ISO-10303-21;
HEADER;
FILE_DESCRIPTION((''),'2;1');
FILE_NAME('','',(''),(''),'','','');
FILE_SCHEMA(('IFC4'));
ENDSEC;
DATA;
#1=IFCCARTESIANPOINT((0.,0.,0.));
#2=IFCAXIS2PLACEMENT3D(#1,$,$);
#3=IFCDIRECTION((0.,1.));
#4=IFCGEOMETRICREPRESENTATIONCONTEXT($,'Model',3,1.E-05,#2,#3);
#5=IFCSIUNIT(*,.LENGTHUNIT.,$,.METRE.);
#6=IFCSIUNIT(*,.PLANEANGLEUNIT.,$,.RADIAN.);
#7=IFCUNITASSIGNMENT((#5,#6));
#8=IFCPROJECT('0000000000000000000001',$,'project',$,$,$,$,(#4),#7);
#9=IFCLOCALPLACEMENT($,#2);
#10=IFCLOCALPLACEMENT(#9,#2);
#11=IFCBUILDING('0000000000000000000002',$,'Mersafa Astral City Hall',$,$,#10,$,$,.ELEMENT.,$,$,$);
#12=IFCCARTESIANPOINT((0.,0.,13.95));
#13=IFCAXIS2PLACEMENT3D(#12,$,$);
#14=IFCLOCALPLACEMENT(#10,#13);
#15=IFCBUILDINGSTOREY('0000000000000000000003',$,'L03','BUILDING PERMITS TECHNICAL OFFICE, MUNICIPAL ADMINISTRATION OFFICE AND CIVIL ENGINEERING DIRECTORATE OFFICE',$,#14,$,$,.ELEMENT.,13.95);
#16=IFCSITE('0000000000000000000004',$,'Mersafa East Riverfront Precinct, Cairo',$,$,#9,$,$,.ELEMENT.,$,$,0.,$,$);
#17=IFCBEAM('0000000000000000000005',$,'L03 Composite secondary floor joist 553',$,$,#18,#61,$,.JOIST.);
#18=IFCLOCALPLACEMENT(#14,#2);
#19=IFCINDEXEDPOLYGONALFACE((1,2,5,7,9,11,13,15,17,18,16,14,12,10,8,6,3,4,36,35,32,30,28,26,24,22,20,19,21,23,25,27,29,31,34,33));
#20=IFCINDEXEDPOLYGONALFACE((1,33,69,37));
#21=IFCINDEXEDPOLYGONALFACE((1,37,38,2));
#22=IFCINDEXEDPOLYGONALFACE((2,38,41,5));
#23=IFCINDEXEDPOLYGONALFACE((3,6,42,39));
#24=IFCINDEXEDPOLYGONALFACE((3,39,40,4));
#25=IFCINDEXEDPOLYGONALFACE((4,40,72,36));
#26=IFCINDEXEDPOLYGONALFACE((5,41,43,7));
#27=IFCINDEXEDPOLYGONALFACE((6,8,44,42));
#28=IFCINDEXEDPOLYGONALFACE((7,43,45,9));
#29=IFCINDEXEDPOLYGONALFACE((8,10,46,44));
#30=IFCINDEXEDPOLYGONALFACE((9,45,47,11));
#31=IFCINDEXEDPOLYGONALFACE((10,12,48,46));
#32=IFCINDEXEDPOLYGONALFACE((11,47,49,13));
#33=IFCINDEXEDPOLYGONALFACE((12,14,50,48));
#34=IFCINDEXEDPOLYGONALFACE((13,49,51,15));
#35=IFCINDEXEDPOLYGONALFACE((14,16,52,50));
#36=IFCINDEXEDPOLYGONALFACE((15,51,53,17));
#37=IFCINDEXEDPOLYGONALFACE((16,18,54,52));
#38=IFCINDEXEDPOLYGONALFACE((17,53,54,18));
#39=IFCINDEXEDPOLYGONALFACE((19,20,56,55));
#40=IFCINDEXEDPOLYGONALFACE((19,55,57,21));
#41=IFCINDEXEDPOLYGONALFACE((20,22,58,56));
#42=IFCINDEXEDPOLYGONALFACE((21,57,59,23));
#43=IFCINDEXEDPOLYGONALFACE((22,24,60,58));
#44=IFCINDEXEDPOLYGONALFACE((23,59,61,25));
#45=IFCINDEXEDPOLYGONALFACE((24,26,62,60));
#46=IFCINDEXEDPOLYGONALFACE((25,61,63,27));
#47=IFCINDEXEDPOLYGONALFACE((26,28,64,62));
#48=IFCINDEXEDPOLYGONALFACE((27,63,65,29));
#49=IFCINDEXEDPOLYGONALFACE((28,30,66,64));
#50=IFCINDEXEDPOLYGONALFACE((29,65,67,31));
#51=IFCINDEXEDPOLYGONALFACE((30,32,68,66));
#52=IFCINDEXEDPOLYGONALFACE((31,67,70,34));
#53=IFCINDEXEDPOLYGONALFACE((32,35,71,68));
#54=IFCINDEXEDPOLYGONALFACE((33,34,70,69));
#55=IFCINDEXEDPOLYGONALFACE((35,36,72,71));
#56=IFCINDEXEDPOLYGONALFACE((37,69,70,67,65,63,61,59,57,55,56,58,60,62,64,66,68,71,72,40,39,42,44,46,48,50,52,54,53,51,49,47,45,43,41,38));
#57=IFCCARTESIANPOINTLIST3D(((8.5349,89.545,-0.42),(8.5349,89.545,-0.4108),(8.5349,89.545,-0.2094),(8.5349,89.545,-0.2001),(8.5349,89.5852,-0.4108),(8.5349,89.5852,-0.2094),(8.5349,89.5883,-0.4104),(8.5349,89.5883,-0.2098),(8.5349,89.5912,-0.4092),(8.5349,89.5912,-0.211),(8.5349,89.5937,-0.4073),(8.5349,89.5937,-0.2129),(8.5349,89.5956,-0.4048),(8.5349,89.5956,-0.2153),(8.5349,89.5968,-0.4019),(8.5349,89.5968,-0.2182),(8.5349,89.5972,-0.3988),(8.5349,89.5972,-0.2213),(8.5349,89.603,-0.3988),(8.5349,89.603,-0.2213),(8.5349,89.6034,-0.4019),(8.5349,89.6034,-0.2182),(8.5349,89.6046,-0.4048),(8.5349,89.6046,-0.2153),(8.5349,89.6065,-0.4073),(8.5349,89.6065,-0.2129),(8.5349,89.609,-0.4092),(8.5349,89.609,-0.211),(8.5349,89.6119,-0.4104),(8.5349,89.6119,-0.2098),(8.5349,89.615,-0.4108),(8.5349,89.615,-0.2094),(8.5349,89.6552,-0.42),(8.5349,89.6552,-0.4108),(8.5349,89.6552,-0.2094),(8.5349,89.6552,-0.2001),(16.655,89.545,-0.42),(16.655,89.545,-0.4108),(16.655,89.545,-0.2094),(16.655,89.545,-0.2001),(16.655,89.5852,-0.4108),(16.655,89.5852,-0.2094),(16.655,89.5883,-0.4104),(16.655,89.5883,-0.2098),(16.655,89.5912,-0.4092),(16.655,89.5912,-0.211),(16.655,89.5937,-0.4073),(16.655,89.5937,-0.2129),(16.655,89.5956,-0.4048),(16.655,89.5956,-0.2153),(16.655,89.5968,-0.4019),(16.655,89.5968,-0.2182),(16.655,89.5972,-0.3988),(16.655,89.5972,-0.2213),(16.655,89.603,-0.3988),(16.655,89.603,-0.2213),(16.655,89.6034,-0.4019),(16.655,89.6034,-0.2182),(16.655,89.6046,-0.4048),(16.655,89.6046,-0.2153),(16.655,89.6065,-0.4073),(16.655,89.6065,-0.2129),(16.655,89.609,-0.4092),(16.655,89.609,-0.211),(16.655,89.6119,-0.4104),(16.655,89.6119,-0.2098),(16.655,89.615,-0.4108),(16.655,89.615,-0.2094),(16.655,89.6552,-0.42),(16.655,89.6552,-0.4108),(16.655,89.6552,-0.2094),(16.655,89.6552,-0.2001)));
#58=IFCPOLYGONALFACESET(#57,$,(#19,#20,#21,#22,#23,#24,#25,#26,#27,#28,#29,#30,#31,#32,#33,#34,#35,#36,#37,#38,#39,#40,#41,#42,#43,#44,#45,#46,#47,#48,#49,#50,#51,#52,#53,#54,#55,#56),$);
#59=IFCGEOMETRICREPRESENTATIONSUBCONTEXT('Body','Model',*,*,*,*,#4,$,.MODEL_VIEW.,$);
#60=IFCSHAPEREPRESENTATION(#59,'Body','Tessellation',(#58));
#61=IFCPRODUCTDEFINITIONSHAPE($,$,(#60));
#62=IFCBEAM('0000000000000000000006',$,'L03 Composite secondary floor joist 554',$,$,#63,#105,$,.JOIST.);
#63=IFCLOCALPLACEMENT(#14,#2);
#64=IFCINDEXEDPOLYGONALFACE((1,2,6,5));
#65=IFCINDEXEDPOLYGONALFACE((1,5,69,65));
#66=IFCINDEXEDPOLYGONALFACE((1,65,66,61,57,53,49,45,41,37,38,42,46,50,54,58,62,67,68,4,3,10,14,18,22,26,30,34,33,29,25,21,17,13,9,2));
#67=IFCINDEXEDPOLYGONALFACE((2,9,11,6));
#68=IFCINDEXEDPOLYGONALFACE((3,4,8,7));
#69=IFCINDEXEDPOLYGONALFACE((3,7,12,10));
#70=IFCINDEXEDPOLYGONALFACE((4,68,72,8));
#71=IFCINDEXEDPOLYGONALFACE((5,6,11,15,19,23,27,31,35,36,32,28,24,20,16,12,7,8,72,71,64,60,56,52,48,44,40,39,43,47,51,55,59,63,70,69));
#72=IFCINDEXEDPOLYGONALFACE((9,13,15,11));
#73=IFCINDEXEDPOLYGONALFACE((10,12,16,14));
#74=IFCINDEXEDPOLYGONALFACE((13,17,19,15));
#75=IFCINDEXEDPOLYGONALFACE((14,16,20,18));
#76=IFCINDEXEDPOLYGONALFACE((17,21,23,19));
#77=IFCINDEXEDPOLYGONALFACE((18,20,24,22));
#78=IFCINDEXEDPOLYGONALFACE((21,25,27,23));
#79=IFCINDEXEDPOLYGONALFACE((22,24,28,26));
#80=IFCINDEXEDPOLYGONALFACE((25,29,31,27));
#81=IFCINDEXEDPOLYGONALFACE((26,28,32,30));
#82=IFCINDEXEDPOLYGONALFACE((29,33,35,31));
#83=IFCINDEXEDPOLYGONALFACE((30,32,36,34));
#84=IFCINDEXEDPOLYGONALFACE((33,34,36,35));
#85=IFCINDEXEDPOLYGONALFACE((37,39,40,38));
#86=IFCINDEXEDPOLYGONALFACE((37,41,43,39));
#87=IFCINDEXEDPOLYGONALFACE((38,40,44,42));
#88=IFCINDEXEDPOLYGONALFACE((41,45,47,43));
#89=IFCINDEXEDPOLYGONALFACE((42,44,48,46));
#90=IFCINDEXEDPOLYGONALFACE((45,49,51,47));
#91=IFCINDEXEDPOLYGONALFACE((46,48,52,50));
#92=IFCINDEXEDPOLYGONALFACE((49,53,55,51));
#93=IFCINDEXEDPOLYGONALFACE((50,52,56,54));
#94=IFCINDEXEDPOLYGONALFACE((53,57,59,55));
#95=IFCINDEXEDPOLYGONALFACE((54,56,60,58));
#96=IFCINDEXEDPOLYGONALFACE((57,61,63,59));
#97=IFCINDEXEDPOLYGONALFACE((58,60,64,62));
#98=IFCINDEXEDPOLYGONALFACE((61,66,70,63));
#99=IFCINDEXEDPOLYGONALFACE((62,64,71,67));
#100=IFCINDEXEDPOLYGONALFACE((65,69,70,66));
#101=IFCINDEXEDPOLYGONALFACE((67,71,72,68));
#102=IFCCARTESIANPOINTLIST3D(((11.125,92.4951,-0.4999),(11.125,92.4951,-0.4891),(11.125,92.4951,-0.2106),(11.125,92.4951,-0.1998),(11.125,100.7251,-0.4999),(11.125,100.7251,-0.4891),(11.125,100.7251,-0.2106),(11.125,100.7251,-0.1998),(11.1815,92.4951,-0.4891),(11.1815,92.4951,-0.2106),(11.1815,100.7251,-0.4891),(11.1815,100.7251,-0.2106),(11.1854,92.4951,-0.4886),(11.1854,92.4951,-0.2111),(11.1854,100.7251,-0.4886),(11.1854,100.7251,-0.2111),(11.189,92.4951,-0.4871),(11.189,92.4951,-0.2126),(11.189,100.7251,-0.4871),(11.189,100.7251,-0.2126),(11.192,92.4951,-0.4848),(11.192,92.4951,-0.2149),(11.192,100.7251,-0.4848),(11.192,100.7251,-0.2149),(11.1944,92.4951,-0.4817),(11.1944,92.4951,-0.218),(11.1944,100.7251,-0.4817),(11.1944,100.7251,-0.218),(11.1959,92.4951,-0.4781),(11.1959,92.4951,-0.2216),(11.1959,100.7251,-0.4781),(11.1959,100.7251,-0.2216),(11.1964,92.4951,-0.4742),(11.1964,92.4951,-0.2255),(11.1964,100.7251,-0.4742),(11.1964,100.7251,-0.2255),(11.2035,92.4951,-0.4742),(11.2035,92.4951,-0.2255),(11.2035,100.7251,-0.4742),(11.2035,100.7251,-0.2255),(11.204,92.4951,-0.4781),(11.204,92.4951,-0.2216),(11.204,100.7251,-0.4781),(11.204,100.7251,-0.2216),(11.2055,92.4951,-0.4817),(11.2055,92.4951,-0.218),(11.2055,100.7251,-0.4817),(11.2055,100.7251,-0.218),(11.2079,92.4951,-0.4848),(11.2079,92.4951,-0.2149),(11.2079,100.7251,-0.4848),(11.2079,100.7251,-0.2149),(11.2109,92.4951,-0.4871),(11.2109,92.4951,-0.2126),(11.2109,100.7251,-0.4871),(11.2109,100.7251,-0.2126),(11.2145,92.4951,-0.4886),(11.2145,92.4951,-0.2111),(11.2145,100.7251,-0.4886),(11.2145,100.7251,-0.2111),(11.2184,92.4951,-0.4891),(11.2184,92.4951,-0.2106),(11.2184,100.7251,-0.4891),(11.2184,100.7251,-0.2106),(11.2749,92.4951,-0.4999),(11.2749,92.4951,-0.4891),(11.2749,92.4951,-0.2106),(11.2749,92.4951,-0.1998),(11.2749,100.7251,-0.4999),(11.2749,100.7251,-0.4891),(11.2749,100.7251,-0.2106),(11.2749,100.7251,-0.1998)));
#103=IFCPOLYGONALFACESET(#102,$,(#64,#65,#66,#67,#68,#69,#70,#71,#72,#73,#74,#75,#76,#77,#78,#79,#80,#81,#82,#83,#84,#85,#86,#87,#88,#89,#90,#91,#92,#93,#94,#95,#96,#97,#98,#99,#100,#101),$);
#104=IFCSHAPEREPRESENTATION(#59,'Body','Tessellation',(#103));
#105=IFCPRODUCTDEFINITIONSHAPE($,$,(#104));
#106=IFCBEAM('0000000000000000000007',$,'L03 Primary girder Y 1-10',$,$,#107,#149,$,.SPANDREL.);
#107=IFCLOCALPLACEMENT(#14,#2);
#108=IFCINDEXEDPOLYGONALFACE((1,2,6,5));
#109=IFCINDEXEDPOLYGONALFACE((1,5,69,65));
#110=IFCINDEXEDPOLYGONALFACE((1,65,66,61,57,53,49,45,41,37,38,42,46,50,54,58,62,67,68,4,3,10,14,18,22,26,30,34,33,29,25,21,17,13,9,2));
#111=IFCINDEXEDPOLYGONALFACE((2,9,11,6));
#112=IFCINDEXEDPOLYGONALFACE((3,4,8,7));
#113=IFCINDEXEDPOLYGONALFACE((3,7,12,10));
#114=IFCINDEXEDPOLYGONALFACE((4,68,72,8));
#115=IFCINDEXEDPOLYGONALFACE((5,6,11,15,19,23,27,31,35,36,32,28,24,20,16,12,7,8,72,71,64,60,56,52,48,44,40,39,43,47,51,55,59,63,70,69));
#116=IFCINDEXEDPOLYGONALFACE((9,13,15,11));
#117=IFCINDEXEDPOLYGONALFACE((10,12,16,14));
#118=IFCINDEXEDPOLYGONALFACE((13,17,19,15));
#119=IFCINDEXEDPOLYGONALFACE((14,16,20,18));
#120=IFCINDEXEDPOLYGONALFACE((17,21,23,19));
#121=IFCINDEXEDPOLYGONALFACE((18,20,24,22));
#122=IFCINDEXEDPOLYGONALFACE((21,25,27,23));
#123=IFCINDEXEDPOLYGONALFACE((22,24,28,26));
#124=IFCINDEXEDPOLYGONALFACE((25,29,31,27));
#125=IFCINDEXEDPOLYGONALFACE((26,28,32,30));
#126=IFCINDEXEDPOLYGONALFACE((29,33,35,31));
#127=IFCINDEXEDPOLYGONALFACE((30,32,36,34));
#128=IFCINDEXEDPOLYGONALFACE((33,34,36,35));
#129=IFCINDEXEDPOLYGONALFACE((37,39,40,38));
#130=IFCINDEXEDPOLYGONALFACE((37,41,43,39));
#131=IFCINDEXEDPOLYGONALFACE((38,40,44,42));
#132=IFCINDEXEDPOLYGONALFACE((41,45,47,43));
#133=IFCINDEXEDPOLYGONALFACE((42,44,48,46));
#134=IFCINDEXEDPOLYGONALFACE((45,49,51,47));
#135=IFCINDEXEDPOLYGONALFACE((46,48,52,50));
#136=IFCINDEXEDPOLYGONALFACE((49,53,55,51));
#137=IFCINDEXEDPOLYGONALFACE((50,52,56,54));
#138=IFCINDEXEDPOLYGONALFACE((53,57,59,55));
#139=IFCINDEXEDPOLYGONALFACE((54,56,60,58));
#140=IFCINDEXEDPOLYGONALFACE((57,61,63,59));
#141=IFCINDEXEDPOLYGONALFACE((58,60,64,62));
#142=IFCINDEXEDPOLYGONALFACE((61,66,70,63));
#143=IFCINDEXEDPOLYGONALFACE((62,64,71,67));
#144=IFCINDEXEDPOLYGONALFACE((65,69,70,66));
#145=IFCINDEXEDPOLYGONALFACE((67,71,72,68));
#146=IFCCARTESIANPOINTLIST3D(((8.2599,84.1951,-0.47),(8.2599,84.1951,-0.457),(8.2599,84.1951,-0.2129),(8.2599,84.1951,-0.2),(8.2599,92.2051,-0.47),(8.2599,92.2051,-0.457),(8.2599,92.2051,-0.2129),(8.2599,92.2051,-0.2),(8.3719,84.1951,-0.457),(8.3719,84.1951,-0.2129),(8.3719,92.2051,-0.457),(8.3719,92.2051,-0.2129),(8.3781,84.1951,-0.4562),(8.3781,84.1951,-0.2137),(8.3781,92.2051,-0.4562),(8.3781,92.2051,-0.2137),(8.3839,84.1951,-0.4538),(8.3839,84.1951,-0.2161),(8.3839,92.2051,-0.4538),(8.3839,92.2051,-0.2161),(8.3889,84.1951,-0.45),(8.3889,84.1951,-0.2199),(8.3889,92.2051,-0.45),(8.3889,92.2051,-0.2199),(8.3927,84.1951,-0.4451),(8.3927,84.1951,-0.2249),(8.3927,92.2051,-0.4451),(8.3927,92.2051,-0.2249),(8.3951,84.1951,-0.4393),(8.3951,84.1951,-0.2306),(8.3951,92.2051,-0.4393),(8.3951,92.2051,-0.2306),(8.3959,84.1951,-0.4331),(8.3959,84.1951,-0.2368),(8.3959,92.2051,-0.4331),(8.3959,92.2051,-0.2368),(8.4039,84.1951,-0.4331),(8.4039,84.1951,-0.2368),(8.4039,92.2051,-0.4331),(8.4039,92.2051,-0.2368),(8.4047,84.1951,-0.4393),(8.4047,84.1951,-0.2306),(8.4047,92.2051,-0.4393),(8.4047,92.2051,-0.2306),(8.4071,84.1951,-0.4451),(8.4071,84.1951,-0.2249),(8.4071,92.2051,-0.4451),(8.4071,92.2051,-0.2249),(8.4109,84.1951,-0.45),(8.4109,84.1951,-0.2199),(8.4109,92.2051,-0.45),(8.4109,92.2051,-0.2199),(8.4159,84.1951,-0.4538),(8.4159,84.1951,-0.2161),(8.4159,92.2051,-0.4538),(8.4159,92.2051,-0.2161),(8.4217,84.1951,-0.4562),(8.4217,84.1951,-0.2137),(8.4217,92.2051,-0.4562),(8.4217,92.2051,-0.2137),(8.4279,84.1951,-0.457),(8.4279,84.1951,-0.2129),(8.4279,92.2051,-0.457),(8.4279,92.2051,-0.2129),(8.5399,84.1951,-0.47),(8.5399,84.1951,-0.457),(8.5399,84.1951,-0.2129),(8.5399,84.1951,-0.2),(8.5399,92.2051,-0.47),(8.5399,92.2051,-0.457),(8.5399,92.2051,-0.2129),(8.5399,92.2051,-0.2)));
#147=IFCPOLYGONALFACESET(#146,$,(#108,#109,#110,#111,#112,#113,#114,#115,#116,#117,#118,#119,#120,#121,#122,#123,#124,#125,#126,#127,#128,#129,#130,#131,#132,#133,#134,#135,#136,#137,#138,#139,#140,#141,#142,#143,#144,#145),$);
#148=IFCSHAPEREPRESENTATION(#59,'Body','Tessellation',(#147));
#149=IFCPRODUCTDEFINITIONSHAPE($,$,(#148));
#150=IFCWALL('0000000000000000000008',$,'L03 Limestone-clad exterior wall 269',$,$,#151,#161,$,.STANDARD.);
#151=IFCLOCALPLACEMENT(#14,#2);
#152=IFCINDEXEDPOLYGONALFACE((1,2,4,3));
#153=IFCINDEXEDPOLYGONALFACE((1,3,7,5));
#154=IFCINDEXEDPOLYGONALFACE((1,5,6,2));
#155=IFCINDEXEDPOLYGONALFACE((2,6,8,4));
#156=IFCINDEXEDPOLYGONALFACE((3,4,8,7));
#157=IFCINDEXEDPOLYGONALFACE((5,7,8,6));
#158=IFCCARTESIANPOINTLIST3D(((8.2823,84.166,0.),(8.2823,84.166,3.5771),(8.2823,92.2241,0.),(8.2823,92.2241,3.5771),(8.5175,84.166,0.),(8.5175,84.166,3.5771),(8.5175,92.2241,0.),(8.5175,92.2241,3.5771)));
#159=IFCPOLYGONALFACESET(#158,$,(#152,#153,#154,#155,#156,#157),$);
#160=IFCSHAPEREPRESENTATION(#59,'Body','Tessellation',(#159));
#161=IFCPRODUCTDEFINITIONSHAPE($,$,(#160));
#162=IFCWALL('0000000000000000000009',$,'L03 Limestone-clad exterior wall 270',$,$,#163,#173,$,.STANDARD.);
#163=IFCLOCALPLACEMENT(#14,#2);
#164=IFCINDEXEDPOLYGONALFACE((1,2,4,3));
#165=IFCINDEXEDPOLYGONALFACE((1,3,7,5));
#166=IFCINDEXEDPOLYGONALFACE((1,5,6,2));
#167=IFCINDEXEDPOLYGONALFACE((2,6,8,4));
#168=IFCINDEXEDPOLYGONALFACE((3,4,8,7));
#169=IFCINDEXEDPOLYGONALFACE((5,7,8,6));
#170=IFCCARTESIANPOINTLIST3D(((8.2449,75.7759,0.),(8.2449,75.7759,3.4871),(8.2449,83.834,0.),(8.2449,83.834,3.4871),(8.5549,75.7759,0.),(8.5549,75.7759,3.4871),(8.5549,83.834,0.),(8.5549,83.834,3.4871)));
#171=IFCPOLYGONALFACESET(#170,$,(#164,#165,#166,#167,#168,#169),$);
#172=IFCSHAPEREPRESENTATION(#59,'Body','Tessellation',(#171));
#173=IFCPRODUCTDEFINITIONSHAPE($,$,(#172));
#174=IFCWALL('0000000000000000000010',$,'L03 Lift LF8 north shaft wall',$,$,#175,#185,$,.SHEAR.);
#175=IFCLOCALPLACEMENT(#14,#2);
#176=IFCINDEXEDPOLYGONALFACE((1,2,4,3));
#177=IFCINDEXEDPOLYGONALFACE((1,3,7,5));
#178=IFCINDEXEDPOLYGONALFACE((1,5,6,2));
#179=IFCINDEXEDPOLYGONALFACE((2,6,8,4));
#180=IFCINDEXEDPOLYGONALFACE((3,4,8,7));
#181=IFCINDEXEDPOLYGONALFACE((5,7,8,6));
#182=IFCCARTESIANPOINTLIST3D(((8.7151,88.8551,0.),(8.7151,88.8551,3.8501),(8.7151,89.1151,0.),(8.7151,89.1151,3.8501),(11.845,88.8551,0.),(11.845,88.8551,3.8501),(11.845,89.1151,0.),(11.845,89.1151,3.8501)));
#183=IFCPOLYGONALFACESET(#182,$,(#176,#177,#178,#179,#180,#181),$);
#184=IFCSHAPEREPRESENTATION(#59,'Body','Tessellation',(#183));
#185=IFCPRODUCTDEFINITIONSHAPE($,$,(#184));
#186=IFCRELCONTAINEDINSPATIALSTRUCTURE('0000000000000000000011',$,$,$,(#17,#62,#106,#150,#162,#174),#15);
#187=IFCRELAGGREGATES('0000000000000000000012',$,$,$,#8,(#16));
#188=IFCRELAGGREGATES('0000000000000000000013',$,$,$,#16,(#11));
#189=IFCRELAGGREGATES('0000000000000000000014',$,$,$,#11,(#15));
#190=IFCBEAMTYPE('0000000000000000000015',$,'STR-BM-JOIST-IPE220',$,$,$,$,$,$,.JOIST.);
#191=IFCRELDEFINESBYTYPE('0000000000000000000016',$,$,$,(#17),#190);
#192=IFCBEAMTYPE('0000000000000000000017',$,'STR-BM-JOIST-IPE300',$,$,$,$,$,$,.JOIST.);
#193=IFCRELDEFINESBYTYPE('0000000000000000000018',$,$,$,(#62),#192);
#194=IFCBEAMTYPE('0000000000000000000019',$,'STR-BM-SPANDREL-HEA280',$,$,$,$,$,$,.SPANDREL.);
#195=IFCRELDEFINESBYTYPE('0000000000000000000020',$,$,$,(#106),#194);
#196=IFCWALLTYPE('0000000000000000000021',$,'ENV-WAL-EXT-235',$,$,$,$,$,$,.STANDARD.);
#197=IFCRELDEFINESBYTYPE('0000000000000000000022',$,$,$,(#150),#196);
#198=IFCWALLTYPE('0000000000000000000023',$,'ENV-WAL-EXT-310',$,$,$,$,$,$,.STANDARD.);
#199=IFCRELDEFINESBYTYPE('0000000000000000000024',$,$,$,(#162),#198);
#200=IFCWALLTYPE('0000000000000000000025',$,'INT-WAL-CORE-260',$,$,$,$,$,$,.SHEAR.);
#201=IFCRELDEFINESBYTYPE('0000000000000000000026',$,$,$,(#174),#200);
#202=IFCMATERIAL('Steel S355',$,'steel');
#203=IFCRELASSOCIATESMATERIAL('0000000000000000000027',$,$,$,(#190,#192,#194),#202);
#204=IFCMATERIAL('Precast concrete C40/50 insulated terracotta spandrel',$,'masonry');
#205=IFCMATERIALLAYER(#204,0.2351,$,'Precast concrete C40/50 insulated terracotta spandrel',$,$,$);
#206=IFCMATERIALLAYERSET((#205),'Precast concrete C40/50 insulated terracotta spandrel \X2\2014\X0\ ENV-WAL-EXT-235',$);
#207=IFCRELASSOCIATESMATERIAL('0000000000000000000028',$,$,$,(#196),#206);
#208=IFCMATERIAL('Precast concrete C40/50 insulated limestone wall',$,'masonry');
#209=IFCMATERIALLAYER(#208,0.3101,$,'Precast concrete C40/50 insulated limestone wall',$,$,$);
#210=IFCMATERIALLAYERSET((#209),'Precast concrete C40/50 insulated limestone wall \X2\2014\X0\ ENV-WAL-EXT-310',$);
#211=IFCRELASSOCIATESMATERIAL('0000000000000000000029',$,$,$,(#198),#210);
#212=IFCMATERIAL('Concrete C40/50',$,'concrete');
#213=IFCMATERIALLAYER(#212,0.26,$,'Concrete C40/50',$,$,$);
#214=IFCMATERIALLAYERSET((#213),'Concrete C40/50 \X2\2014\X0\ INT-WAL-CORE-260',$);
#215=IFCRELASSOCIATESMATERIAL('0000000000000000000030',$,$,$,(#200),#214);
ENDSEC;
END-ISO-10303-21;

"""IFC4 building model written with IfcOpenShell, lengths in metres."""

from ifc_helpers import new_model, si_unit, direction, frame, frame_2d, origin, origin_2d, place, context, subcontext, project, spatial, rectangle, i_section, extrude, material, layer, layer_set, material_profile, profile_set, type_object, element, save


model = new_model("IFC4")

# Units and contexts
model_context = context("Model", 3, precision=1e-05, world=origin(), true_north=direction((0.0, 1.0)))
body_context = subcontext(model_context, "Body", "Model", "MODEL_VIEW")
ifc_project = project(units=[si_unit("LENGTHUNIT", "METRE"), si_unit("PLANEANGLEUNIT", "RADIAN")], contexts=[model_context])

# Site, building, storey
site_placement = place(None, origin())
site = spatial("IfcSite", under=ifc_project, at=site_placement, Name="Mersafa East Riverfront Precinct, Cairo", CompositionType="ELEMENT", RefElevation=0.0)
building_placement = place(site_placement, origin())
building = spatial("IfcBuilding", under=site, at=building_placement, Name="Mersafa Astral City Hall", CompositionType="ELEMENT")
storey_placement = place(building_placement, frame((0.0, 0.0, 13.95)))
storey = spatial("IfcBuildingStorey", under=building, at=storey_placement, Name="L03", Description="BUILDING PERMITS TECHNICAL OFFICE, MUNICIPAL ADMINISTRATION OFFICE AND CIVIL ENGINEERING DIRECTORATE OFFICE", CompositionType="ELEMENT", Elevation=13.95)

# Shared definitions
ifc_material_1 = material(Name="Steel S355", Category="steel")

# Beams
ifc_material_profile_1 = material_profile(ifc_material_1, i_section(OverallWidth=0.1101, OverallDepth=0.22, WebThickness=0.0059, FlangeThickness=0.0093, FilletRadius=0.012, at=origin_2d()), Name="IPE 220")
ifc_profile_set_1 = profile_set([ifc_material_profile_1], Name="Steel S355")
beam_type_1 = type_object("IfcBeamType", Name="STR-BM-JOIST-IPE220", PredefinedType="JOIST", material=ifc_profile_set_1)
beam_1_placement = place(storey_placement, frame((8.5349, 89.6001, -0.3101), z_axis=(1.0, 0.0, 0.0), x_axis=(0.0, 1.0, 0.0)))
element("IfcBeam", 1, at=beam_1_placement, inside=storey, type_object=beam_type_1, Name="L03 Composite secondary floor joist 553", PredefinedType="JOIST", context=body_context, shape_type="SweptSolid", body=[
    extrude(i_section(OverallWidth=0.1101, OverallDepth=0.22, WebThickness=0.0059, FlangeThickness=0.0093, FilletRadius=0.012, at=origin_2d()), origin(), (0.0, 0.0, 1.0), 8.1201),
])
ifc_material_profile_2 = material_profile(ifc_material_1, i_section(OverallWidth=0.1499, OverallDepth=0.3, WebThickness=0.0071, FlangeThickness=0.0107, FilletRadius=0.0149, at=origin_2d()), Name="IPE 300")
ifc_profile_set_2 = profile_set([ifc_material_profile_2], Name="Steel S355")
beam_type_2 = type_object("IfcBeamType", Name="STR-BM-JOIST-IPE300", PredefinedType="JOIST", material=ifc_profile_set_2)
beam_2_placement = place(storey_placement, frame((11.2, 92.4951, -0.3499), z_axis=(0.0, 1.0, 0.0), x_axis=(-1.0, 0.0, 0.0)))
element("IfcBeam", 2, at=beam_2_placement, inside=storey, type_object=beam_type_2, Name="L03 Composite secondary floor joist 554", PredefinedType="JOIST", context=body_context, shape_type="SweptSolid", body=[
    extrude(i_section(OverallWidth=0.1499, OverallDepth=0.3, WebThickness=0.0071, FlangeThickness=0.0107, FilletRadius=0.0149, at=origin_2d()), origin(), (0.0, 0.0, 1.0), 8.23),
])
ifc_material_profile_3 = material_profile(ifc_material_1, i_section(OverallWidth=0.28, OverallDepth=0.27, WebThickness=0.0081, FlangeThickness=0.0129, FilletRadius=0.0239, at=origin_2d()), Name="HEA 280")
ifc_profile_set_3 = profile_set([ifc_material_profile_3], Name="Steel S355")
beam_type_3 = type_object("IfcBeamType", Name="STR-BM-SPANDREL-HEA280", PredefinedType="SPANDREL", material=ifc_profile_set_3)
beam_3_placement = place(storey_placement, frame((8.3999, 84.1951, -0.335), z_axis=(0.0, 1.0, 0.0), x_axis=(-1.0, 0.0, 0.0)))
element("IfcBeam", 3, at=beam_3_placement, inside=storey, type_object=beam_type_3, Name="L03 Primary girder Y 1-10", PredefinedType="SPANDREL", context=body_context, shape_type="SweptSolid", body=[
    extrude(i_section(OverallWidth=0.28, OverallDepth=0.27, WebThickness=0.0081, FlangeThickness=0.0129, FilletRadius=0.0239, at=origin_2d()), origin(), (0.0, 0.0, 1.0), 8.01),
])

# Walls
ifc_material_2 = material(Name="Precast concrete C40/50 insulated terracotta spandrel", Category="masonry")
ifc_layer_1 = layer(ifc_material_2, 0.2351, Name="Precast concrete C40/50 insulated terracotta spandrel")
ifc_layer_set_1 = layer_set([ifc_layer_1], Name="Precast concrete C40/50 insulated terracotta spandrel — ENV-WAL-EXT-235")
wall_type_1 = type_object("IfcWallType", Name="ENV-WAL-EXT-235", PredefinedType="STANDARD", material=ifc_layer_set_1)
wall_1_placement = place(storey_placement, frame((8.3999, 92.2241, 0.0), z_axis=(0.0, 0.0, 1.0), x_axis=(0.0, -1.0, 0.0)))
element("IfcWall", 4, at=wall_1_placement, inside=storey, type_object=wall_type_1, Name="L03 Limestone-clad exterior wall 269", PredefinedType="STANDARD", context=body_context, shape_type="SweptSolid", body=[
    extrude(rectangle(XDim=8.0581, YDim=0.2351, at=frame_2d((4.0291, 0.0))), origin(), (0.0, 0.0, 1.0), 3.5771),
])
ifc_material_3 = material(Name="Precast concrete C40/50 insulated limestone wall", Category="masonry")
ifc_layer_2 = layer(ifc_material_3, 0.3101, Name="Precast concrete C40/50 insulated limestone wall")
ifc_layer_set_2 = layer_set([ifc_layer_2], Name="Precast concrete C40/50 insulated limestone wall — ENV-WAL-EXT-310")
wall_type_2 = type_object("IfcWallType", Name="ENV-WAL-EXT-310", PredefinedType="STANDARD", material=ifc_layer_set_2)
wall_2_placement = place(storey_placement, frame((8.3999, 83.834, 0.0), z_axis=(0.0, 0.0, 1.0), x_axis=(0.0, -1.0, 0.0)))
element("IfcWall", 5, at=wall_2_placement, inside=storey, type_object=wall_type_2, Name="L03 Limestone-clad exterior wall 270", PredefinedType="STANDARD", context=body_context, shape_type="SweptSolid", body=[
    extrude(rectangle(XDim=8.0581, YDim=0.3101, at=frame_2d((4.0291, 0.0))), origin(), (0.0, 0.0, 1.0), 3.4871),
])
ifc_material_4 = material(Name="Concrete C40/50", Category="concrete")
ifc_layer_3 = layer(ifc_material_4, 0.26, Name="Concrete C40/50")
ifc_layer_set_3 = layer_set([ifc_layer_3], Name="Concrete C40/50 — INT-WAL-CORE-260")
wall_type_3 = type_object("IfcWallType", Name="INT-WAL-CORE-260", PredefinedType="SHEAR", material=ifc_layer_set_3)
wall_3_placement = place(storey_placement, frame((8.7151, 88.9851, 0.0), z_axis=(0.0, 0.0, 1.0), x_axis=(1.0, 0.0, 0.0)))
element("IfcWall", 6, at=wall_3_placement, inside=storey, type_object=wall_type_3, Name="L03 Lift LF8 north shaft wall", PredefinedType="SHEAR", context=body_context, shape_type="SweptSolid", body=[
    extrude(rectangle(XDim=3.1299, YDim=0.26, at=frame_2d((1.5649, 0.0))), origin(), (0.0, 0.0, 1.0), 3.8501),
])

save(model, "model.ifc")
